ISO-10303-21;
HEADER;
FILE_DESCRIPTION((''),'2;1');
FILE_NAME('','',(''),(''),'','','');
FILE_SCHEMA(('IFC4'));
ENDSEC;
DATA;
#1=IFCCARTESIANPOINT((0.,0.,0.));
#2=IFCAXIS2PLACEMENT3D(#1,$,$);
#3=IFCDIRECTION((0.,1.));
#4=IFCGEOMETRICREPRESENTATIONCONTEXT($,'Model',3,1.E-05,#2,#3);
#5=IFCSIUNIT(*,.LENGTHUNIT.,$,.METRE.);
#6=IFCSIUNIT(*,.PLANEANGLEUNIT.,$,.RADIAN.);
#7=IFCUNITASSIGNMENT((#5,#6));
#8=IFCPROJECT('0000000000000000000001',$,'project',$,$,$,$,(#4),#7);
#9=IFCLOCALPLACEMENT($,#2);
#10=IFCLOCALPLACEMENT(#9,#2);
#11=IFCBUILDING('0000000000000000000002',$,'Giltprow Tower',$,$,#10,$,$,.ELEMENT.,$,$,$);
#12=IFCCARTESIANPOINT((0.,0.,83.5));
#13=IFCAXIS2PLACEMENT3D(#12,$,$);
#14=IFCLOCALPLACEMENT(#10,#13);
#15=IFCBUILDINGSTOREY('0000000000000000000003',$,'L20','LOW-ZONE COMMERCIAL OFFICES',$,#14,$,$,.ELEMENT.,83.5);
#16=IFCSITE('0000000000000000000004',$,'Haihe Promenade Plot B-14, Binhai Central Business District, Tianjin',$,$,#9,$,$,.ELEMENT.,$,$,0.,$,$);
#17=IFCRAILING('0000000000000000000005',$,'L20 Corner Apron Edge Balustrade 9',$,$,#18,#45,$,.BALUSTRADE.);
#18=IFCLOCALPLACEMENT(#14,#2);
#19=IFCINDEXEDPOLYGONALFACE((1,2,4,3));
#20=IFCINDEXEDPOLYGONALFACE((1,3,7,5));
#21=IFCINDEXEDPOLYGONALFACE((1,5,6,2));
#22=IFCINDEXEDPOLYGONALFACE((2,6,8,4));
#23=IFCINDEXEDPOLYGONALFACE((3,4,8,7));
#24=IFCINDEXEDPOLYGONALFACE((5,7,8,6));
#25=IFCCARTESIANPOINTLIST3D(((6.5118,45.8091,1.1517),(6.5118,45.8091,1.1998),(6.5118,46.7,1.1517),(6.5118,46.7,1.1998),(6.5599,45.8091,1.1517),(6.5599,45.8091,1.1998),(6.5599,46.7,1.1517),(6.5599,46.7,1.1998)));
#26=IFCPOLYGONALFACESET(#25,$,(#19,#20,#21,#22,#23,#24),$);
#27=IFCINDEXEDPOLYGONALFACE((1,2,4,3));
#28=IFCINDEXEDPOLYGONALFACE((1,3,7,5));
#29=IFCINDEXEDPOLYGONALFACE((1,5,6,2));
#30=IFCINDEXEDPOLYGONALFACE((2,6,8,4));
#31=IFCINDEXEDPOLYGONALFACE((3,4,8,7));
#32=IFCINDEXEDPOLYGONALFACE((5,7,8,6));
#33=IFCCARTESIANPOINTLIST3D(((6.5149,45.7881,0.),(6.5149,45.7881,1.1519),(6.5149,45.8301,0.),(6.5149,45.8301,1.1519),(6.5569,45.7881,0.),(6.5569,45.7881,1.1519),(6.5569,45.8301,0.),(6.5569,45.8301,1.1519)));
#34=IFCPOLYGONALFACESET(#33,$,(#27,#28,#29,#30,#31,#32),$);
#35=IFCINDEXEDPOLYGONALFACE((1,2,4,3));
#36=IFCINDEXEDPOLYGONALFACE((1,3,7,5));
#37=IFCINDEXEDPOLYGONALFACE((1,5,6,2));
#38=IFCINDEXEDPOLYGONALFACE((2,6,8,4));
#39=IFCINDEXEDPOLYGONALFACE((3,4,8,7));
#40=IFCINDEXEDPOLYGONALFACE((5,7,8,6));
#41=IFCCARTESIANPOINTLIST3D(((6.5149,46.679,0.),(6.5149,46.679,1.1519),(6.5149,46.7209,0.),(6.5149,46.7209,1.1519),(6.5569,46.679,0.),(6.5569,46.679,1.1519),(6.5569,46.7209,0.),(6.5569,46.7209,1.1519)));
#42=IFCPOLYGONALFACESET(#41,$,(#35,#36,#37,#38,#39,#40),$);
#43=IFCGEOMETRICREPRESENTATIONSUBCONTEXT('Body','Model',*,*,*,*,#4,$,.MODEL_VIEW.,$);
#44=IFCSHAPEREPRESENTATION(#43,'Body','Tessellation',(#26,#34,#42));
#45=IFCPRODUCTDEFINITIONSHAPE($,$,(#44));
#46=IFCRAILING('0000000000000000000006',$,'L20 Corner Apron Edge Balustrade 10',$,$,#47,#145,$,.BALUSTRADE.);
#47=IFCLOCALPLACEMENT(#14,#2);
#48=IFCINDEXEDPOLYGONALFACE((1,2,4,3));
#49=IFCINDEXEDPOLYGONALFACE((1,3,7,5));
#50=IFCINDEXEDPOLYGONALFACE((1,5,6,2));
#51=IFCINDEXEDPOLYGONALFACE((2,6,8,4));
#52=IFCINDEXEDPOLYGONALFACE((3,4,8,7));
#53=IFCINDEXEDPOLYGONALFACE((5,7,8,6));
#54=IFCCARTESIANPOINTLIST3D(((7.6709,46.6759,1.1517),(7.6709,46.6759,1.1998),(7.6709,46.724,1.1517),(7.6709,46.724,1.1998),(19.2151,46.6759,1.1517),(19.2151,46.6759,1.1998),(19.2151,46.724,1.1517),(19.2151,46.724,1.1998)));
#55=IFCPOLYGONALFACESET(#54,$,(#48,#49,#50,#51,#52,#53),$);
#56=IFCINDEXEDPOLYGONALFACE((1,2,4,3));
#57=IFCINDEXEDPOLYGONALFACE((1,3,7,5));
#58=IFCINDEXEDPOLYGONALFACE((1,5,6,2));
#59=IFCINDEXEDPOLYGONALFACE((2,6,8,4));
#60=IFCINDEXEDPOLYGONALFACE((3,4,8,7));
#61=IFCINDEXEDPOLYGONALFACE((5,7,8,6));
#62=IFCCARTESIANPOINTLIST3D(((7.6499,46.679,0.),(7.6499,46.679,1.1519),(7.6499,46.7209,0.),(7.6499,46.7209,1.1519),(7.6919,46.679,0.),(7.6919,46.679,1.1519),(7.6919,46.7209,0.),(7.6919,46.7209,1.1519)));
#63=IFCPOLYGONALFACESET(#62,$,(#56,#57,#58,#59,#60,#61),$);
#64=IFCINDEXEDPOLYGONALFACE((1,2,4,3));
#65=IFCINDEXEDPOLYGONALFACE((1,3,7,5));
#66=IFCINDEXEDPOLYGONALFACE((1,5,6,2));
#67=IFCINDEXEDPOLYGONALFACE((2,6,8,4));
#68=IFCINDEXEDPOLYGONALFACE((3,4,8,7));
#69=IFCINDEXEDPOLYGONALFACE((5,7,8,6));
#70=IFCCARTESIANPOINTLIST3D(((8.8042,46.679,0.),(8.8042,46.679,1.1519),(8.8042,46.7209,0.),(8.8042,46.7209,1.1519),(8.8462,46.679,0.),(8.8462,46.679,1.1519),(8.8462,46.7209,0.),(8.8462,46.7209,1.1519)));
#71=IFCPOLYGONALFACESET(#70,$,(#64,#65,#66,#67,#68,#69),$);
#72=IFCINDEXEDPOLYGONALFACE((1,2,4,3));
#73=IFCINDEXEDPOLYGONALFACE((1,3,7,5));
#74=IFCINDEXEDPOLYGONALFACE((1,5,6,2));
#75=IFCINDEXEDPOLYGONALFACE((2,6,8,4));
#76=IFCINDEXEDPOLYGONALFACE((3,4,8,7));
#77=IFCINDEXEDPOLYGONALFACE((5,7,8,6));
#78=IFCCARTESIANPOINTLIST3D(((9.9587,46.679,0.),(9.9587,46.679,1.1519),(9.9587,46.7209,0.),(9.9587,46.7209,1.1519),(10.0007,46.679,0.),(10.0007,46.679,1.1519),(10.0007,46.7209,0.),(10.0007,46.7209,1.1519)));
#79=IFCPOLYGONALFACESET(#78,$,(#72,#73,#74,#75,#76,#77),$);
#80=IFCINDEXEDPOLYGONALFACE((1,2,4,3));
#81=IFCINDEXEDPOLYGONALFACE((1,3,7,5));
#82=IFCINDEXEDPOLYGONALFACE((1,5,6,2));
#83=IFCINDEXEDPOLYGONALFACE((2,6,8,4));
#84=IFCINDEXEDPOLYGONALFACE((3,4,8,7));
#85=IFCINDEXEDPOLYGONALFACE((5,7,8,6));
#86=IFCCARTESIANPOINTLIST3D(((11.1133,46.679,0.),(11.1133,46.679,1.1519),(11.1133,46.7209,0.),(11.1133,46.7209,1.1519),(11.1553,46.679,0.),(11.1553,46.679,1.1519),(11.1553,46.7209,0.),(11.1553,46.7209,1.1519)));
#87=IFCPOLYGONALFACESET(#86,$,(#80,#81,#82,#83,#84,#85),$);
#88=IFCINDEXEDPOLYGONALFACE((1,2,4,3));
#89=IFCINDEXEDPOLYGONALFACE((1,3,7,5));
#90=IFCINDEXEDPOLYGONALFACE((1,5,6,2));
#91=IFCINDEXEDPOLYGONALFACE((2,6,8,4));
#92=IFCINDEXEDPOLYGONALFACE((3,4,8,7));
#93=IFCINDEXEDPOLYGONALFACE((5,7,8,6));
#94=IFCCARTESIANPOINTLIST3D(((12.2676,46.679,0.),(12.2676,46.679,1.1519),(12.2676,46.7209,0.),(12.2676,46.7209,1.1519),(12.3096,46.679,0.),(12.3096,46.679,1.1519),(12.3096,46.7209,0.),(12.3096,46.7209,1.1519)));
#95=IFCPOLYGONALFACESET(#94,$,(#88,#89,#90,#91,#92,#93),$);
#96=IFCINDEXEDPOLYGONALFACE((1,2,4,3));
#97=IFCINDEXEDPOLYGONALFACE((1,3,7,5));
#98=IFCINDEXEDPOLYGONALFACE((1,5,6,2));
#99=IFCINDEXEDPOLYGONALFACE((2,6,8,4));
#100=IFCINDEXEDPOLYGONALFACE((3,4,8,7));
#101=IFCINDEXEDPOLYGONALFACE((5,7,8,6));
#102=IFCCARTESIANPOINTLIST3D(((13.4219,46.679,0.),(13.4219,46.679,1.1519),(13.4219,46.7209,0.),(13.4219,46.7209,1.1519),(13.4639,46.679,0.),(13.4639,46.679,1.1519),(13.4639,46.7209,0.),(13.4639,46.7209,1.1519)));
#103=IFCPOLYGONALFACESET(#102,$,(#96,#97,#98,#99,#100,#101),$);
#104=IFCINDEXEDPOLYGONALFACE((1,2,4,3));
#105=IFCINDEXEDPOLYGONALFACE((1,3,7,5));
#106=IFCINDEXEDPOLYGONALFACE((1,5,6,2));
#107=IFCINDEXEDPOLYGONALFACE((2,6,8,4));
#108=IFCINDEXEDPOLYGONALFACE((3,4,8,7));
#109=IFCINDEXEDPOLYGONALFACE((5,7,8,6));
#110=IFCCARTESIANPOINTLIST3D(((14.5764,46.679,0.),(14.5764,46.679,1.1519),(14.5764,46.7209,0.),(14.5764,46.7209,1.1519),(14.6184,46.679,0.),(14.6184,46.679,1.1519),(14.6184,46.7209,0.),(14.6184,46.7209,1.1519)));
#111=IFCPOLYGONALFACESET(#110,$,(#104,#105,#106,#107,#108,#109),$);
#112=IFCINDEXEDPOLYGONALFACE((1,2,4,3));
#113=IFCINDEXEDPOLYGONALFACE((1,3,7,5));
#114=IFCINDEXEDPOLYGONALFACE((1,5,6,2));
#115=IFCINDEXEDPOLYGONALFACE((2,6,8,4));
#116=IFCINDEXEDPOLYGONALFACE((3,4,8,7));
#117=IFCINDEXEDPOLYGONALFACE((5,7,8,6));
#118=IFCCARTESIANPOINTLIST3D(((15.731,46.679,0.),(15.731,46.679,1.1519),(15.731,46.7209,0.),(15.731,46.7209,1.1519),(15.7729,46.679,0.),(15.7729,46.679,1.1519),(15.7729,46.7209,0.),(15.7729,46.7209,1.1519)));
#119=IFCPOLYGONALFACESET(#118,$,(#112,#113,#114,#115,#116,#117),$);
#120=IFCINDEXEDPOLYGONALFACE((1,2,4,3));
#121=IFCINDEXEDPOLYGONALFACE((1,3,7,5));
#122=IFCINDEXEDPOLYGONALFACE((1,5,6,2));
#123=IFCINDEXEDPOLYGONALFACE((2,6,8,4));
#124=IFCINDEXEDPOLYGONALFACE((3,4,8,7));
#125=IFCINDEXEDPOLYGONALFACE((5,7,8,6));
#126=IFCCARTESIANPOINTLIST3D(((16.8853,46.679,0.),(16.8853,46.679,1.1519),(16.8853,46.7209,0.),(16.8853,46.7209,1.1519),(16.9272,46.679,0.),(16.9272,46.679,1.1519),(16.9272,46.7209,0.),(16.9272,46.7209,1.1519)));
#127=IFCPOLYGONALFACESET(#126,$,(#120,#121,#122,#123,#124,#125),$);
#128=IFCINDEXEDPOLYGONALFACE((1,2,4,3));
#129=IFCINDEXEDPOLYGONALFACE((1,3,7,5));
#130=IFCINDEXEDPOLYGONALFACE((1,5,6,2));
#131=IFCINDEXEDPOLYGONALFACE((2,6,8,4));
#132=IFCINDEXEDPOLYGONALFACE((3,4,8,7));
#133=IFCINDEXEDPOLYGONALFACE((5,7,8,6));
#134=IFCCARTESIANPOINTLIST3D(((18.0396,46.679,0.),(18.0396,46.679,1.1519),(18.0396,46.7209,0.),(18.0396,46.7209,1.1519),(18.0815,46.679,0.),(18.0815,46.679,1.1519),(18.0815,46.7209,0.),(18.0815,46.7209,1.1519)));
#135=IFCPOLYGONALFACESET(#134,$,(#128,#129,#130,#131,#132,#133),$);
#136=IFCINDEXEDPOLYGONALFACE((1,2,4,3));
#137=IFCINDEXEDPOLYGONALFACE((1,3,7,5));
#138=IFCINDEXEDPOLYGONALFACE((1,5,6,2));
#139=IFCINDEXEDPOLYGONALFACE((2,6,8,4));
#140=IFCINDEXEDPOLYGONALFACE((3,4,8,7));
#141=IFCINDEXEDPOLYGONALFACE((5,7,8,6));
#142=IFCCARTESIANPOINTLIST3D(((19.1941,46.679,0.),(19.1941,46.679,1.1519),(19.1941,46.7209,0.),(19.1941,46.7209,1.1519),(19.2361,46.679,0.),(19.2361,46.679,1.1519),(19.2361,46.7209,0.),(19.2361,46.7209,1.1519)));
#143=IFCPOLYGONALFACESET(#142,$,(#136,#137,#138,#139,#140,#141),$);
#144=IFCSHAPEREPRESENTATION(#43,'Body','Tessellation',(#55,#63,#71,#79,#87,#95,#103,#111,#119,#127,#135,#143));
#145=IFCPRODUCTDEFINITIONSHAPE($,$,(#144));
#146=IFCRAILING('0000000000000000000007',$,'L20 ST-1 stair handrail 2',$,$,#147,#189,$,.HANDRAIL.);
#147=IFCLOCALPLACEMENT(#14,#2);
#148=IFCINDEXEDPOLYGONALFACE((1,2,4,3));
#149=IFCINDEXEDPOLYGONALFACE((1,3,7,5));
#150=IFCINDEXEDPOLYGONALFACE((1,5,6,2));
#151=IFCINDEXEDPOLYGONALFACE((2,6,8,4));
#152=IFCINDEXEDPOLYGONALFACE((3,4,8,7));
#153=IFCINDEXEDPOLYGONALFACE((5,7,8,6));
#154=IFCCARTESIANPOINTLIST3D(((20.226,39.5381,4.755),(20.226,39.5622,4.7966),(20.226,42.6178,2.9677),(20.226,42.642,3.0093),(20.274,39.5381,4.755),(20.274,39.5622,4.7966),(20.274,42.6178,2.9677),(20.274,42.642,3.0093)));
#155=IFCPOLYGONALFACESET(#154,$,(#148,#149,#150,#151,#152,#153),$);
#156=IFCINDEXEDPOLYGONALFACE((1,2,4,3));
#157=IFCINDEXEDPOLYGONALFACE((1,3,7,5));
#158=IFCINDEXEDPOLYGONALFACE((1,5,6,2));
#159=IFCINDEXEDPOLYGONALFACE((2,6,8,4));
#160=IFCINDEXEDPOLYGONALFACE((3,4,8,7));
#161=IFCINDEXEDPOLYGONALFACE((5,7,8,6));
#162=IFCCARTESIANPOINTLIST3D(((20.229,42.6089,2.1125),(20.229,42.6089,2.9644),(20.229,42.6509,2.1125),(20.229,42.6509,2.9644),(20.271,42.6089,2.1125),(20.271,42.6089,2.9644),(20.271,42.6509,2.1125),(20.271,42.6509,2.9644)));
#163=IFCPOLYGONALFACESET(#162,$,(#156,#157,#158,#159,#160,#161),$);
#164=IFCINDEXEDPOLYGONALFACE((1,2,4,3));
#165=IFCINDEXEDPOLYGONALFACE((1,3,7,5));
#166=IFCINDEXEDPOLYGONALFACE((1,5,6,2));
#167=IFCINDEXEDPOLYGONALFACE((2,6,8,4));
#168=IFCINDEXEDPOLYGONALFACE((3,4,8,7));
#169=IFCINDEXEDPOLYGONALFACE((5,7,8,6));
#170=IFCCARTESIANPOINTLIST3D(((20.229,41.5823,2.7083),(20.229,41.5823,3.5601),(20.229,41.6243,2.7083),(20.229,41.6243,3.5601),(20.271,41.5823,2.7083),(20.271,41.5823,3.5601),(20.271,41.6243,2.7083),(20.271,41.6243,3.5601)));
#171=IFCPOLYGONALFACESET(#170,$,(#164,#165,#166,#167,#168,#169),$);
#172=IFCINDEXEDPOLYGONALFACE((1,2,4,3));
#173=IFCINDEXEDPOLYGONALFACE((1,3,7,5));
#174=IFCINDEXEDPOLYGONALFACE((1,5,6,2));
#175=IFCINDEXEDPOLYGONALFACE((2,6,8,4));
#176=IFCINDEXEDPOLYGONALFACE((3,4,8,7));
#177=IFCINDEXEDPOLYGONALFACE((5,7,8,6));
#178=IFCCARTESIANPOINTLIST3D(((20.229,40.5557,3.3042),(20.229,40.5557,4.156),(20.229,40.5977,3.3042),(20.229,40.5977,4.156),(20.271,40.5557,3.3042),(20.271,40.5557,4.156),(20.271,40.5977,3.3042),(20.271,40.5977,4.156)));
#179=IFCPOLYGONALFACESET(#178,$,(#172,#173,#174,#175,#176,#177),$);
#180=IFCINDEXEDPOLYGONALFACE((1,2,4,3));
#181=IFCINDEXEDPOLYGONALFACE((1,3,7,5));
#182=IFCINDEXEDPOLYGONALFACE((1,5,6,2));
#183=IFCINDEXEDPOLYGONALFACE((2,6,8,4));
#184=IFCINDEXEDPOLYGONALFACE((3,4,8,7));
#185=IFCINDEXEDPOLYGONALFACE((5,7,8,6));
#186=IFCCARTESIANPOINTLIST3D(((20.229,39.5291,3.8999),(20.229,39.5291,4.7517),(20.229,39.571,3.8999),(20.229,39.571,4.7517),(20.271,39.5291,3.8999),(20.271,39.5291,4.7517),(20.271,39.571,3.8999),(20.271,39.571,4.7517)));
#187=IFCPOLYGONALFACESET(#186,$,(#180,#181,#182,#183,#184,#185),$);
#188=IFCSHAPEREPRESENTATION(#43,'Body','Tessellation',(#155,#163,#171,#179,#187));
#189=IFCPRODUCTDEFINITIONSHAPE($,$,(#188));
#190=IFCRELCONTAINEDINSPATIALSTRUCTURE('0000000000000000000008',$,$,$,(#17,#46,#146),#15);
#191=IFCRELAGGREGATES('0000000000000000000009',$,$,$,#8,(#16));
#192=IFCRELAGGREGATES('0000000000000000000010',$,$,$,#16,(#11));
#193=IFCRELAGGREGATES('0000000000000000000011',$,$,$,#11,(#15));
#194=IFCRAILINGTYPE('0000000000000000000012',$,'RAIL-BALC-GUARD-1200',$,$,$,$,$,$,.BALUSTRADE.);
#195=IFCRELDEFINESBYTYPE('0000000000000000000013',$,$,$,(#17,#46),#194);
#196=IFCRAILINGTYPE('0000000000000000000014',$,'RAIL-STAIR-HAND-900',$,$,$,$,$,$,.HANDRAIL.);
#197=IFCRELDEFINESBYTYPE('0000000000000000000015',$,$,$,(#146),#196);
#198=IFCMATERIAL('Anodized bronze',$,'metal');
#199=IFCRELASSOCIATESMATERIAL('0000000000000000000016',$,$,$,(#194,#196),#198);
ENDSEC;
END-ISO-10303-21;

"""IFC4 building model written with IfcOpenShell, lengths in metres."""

from ifc_helpers import new_model, si_unit, direction, frame, origin, origin_2d, place, context, subcontext, project, spatial, rectangle, extrude, material, type_object, element, save


model = new_model("IFC4")

# Units and contexts
model_context = context("Model", 3, precision=1e-05, world=origin(), true_north=direction((0.0, 1.0)))
body_context = subcontext(model_context, "Body", "Model", "MODEL_VIEW")
ifc_project = project(units=[si_unit("LENGTHUNIT", "METRE"), si_unit("PLANEANGLEUNIT", "RADIAN")], contexts=[model_context])

# Site, building, storey
site_placement = place(None, origin())
site = spatial("IfcSite", under=ifc_project, at=site_placement, Name="Haihe Promenade Plot B-14, Binhai Central Business District, Tianjin", CompositionType="ELEMENT", RefElevation=0.0)
building_placement = place(site_placement, origin())
building = spatial("IfcBuilding", under=site, at=building_placement, Name="Giltprow Tower", CompositionType="ELEMENT")
storey_placement = place(building_placement, frame((0.0, 0.0, 83.5)))
storey = spatial("IfcBuildingStorey", under=building, at=storey_placement, Name="L20", Description="LOW-ZONE COMMERCIAL OFFICES", CompositionType="ELEMENT", Elevation=83.5)

# Railings
ifc_material_1 = material(Name="Anodized bronze", Category="metal")
railing_type_1 = type_object("IfcRailingType", Name="RAIL-BALC-GUARD-1200", PredefinedType="BALUSTRADE", material=ifc_material_1)
railing_1_placement = place(storey_placement, frame((6.5359, 45.8091, 0.0)))
element("IfcRailing", 1, at=railing_1_placement, inside=storey, type_object=railing_type_1, Name="L20 Corner Apron Edge Balustrade 9", PredefinedType="BALUSTRADE", context=body_context, shape_type="SweptSolid", body=[
    extrude(rectangle(XDim=0.0481, YDim=0.0481, at=origin_2d()), frame((0.0, 0.0, 1.1758), z_axis=(0.0, 1.0, 0.0), x_axis=(-1.0, 0.0, 0.0)), (0.0, 0.0, 1.0), 0.8909),
    extrude(rectangle(XDim=0.042, YDim=0.042, at=origin_2d()), origin(), (0.0, 0.0, 1.0), 1.1519),
    extrude(rectangle(XDim=0.042, YDim=0.042, at=origin_2d()), frame((0.0, 0.8909, 0.0)), (0.0, 0.0, 1.0), 1.1519),
])
railing_2_placement = place(storey_placement, frame((7.6709, 46.7, 0.0)))
element("IfcRailing", 2, at=railing_2_placement, inside=storey, type_object=railing_type_1, Name="L20 Corner Apron Edge Balustrade 10", PredefinedType="BALUSTRADE", context=body_context, shape_type="SweptSolid", body=[
    extrude(rectangle(XDim=0.0481, YDim=0.0481, at=origin_2d()), frame((0.0, 0.0, 1.1758), z_axis=(1.0, 0.0, 0.0), x_axis=(0.0, 1.0, 0.0)), (0.0, 0.0, 1.0), 11.5442),
    extrude(rectangle(XDim=0.042, YDim=0.042, at=origin_2d()), origin(), (0.0, 0.0, 1.0), 1.1519),
    extrude(rectangle(XDim=0.042, YDim=0.042, at=origin_2d()), frame((1.1543, 0.0, 0.0)), (0.0, 0.0, 1.0), 1.1519),
    extrude(rectangle(XDim=0.042, YDim=0.042, at=origin_2d()), frame((2.3088, 0.0, 0.0)), (0.0, 0.0, 1.0), 1.1519),
    extrude(rectangle(XDim=0.042, YDim=0.042, at=origin_2d()), frame((3.4634, 0.0, 0.0)), (0.0, 0.0, 1.0), 1.1519),
    extrude(rectangle(XDim=0.042, YDim=0.042, at=origin_2d()), frame((4.6177, 0.0, 0.0)), (0.0, 0.0, 1.0), 1.1519),
    extrude(rectangle(XDim=0.042, YDim=0.042, at=origin_2d()), frame((5.772, 0.0, 0.0)), (0.0, 0.0, 1.0), 1.1519),
    extrude(rectangle(XDim=0.042, YDim=0.042, at=origin_2d()), frame((6.9265, 0.0, 0.0)), (0.0, 0.0, 1.0), 1.1519),
    extrude(rectangle(XDim=0.042, YDim=0.042, at=origin_2d()), frame((8.0811, 0.0, 0.0)), (0.0, 0.0, 1.0), 1.1519),
    extrude(rectangle(XDim=0.042, YDim=0.042, at=origin_2d()), frame((9.2354, 0.0, 0.0)), (0.0, 0.0, 1.0), 1.1519),
    extrude(rectangle(XDim=0.042, YDim=0.042, at=origin_2d()), frame((10.3896, 0.0, 0.0)), (0.0, 0.0, 1.0), 1.1519),
    extrude(rectangle(XDim=0.042, YDim=0.042, at=origin_2d()), frame((11.5442, 0.0, 0.0)), (0.0, 0.0, 1.0), 1.1519),
])
railing_type_2 = type_object("IfcRailingType", Name="RAIL-STAIR-HAND-900", PredefinedType="HANDRAIL", material=ifc_material_1)
railing_3_placement = place(storey_placement, frame((20.25, 42.6299, 2.1125)))
element("IfcRailing", 3, at=railing_3_placement, inside=storey, type_object=railing_type_2, Name="L20 ST-1 stair handrail 2", PredefinedType="HANDRAIL", context=body_context, shape_type="SweptSolid", body=[
    extrude(rectangle(XDim=0.0481, YDim=0.0481, at=origin_2d()), frame((0.0, 0.0, 0.876), z_axis=(0.0, -0.864903, 0.501939), x_axis=(1.0, 0.0, 0.0)), (0.0, 0.0, 1.0), 3.5608),
    extrude(rectangle(XDim=0.042, YDim=0.042, at=origin_2d()), origin(), (0.0, 0.0, 1.0), 0.8518),
    extrude(rectangle(XDim=0.042, YDim=0.042, at=origin_2d()), frame((0.0, -1.0266, 0.5957)), (0.0, 0.0, 1.0), 0.8518),
    extrude(rectangle(XDim=0.042, YDim=0.042, at=origin_2d()), frame((0.0, -2.0532, 1.1917)), (0.0, 0.0, 1.0), 0.8518),
    extrude(rectangle(XDim=0.042, YDim=0.042, at=origin_2d()), frame((0.0, -3.0798, 1.7874)), (0.0, 0.0, 1.0), 0.8518),
])

save(model, "model.ifc")
